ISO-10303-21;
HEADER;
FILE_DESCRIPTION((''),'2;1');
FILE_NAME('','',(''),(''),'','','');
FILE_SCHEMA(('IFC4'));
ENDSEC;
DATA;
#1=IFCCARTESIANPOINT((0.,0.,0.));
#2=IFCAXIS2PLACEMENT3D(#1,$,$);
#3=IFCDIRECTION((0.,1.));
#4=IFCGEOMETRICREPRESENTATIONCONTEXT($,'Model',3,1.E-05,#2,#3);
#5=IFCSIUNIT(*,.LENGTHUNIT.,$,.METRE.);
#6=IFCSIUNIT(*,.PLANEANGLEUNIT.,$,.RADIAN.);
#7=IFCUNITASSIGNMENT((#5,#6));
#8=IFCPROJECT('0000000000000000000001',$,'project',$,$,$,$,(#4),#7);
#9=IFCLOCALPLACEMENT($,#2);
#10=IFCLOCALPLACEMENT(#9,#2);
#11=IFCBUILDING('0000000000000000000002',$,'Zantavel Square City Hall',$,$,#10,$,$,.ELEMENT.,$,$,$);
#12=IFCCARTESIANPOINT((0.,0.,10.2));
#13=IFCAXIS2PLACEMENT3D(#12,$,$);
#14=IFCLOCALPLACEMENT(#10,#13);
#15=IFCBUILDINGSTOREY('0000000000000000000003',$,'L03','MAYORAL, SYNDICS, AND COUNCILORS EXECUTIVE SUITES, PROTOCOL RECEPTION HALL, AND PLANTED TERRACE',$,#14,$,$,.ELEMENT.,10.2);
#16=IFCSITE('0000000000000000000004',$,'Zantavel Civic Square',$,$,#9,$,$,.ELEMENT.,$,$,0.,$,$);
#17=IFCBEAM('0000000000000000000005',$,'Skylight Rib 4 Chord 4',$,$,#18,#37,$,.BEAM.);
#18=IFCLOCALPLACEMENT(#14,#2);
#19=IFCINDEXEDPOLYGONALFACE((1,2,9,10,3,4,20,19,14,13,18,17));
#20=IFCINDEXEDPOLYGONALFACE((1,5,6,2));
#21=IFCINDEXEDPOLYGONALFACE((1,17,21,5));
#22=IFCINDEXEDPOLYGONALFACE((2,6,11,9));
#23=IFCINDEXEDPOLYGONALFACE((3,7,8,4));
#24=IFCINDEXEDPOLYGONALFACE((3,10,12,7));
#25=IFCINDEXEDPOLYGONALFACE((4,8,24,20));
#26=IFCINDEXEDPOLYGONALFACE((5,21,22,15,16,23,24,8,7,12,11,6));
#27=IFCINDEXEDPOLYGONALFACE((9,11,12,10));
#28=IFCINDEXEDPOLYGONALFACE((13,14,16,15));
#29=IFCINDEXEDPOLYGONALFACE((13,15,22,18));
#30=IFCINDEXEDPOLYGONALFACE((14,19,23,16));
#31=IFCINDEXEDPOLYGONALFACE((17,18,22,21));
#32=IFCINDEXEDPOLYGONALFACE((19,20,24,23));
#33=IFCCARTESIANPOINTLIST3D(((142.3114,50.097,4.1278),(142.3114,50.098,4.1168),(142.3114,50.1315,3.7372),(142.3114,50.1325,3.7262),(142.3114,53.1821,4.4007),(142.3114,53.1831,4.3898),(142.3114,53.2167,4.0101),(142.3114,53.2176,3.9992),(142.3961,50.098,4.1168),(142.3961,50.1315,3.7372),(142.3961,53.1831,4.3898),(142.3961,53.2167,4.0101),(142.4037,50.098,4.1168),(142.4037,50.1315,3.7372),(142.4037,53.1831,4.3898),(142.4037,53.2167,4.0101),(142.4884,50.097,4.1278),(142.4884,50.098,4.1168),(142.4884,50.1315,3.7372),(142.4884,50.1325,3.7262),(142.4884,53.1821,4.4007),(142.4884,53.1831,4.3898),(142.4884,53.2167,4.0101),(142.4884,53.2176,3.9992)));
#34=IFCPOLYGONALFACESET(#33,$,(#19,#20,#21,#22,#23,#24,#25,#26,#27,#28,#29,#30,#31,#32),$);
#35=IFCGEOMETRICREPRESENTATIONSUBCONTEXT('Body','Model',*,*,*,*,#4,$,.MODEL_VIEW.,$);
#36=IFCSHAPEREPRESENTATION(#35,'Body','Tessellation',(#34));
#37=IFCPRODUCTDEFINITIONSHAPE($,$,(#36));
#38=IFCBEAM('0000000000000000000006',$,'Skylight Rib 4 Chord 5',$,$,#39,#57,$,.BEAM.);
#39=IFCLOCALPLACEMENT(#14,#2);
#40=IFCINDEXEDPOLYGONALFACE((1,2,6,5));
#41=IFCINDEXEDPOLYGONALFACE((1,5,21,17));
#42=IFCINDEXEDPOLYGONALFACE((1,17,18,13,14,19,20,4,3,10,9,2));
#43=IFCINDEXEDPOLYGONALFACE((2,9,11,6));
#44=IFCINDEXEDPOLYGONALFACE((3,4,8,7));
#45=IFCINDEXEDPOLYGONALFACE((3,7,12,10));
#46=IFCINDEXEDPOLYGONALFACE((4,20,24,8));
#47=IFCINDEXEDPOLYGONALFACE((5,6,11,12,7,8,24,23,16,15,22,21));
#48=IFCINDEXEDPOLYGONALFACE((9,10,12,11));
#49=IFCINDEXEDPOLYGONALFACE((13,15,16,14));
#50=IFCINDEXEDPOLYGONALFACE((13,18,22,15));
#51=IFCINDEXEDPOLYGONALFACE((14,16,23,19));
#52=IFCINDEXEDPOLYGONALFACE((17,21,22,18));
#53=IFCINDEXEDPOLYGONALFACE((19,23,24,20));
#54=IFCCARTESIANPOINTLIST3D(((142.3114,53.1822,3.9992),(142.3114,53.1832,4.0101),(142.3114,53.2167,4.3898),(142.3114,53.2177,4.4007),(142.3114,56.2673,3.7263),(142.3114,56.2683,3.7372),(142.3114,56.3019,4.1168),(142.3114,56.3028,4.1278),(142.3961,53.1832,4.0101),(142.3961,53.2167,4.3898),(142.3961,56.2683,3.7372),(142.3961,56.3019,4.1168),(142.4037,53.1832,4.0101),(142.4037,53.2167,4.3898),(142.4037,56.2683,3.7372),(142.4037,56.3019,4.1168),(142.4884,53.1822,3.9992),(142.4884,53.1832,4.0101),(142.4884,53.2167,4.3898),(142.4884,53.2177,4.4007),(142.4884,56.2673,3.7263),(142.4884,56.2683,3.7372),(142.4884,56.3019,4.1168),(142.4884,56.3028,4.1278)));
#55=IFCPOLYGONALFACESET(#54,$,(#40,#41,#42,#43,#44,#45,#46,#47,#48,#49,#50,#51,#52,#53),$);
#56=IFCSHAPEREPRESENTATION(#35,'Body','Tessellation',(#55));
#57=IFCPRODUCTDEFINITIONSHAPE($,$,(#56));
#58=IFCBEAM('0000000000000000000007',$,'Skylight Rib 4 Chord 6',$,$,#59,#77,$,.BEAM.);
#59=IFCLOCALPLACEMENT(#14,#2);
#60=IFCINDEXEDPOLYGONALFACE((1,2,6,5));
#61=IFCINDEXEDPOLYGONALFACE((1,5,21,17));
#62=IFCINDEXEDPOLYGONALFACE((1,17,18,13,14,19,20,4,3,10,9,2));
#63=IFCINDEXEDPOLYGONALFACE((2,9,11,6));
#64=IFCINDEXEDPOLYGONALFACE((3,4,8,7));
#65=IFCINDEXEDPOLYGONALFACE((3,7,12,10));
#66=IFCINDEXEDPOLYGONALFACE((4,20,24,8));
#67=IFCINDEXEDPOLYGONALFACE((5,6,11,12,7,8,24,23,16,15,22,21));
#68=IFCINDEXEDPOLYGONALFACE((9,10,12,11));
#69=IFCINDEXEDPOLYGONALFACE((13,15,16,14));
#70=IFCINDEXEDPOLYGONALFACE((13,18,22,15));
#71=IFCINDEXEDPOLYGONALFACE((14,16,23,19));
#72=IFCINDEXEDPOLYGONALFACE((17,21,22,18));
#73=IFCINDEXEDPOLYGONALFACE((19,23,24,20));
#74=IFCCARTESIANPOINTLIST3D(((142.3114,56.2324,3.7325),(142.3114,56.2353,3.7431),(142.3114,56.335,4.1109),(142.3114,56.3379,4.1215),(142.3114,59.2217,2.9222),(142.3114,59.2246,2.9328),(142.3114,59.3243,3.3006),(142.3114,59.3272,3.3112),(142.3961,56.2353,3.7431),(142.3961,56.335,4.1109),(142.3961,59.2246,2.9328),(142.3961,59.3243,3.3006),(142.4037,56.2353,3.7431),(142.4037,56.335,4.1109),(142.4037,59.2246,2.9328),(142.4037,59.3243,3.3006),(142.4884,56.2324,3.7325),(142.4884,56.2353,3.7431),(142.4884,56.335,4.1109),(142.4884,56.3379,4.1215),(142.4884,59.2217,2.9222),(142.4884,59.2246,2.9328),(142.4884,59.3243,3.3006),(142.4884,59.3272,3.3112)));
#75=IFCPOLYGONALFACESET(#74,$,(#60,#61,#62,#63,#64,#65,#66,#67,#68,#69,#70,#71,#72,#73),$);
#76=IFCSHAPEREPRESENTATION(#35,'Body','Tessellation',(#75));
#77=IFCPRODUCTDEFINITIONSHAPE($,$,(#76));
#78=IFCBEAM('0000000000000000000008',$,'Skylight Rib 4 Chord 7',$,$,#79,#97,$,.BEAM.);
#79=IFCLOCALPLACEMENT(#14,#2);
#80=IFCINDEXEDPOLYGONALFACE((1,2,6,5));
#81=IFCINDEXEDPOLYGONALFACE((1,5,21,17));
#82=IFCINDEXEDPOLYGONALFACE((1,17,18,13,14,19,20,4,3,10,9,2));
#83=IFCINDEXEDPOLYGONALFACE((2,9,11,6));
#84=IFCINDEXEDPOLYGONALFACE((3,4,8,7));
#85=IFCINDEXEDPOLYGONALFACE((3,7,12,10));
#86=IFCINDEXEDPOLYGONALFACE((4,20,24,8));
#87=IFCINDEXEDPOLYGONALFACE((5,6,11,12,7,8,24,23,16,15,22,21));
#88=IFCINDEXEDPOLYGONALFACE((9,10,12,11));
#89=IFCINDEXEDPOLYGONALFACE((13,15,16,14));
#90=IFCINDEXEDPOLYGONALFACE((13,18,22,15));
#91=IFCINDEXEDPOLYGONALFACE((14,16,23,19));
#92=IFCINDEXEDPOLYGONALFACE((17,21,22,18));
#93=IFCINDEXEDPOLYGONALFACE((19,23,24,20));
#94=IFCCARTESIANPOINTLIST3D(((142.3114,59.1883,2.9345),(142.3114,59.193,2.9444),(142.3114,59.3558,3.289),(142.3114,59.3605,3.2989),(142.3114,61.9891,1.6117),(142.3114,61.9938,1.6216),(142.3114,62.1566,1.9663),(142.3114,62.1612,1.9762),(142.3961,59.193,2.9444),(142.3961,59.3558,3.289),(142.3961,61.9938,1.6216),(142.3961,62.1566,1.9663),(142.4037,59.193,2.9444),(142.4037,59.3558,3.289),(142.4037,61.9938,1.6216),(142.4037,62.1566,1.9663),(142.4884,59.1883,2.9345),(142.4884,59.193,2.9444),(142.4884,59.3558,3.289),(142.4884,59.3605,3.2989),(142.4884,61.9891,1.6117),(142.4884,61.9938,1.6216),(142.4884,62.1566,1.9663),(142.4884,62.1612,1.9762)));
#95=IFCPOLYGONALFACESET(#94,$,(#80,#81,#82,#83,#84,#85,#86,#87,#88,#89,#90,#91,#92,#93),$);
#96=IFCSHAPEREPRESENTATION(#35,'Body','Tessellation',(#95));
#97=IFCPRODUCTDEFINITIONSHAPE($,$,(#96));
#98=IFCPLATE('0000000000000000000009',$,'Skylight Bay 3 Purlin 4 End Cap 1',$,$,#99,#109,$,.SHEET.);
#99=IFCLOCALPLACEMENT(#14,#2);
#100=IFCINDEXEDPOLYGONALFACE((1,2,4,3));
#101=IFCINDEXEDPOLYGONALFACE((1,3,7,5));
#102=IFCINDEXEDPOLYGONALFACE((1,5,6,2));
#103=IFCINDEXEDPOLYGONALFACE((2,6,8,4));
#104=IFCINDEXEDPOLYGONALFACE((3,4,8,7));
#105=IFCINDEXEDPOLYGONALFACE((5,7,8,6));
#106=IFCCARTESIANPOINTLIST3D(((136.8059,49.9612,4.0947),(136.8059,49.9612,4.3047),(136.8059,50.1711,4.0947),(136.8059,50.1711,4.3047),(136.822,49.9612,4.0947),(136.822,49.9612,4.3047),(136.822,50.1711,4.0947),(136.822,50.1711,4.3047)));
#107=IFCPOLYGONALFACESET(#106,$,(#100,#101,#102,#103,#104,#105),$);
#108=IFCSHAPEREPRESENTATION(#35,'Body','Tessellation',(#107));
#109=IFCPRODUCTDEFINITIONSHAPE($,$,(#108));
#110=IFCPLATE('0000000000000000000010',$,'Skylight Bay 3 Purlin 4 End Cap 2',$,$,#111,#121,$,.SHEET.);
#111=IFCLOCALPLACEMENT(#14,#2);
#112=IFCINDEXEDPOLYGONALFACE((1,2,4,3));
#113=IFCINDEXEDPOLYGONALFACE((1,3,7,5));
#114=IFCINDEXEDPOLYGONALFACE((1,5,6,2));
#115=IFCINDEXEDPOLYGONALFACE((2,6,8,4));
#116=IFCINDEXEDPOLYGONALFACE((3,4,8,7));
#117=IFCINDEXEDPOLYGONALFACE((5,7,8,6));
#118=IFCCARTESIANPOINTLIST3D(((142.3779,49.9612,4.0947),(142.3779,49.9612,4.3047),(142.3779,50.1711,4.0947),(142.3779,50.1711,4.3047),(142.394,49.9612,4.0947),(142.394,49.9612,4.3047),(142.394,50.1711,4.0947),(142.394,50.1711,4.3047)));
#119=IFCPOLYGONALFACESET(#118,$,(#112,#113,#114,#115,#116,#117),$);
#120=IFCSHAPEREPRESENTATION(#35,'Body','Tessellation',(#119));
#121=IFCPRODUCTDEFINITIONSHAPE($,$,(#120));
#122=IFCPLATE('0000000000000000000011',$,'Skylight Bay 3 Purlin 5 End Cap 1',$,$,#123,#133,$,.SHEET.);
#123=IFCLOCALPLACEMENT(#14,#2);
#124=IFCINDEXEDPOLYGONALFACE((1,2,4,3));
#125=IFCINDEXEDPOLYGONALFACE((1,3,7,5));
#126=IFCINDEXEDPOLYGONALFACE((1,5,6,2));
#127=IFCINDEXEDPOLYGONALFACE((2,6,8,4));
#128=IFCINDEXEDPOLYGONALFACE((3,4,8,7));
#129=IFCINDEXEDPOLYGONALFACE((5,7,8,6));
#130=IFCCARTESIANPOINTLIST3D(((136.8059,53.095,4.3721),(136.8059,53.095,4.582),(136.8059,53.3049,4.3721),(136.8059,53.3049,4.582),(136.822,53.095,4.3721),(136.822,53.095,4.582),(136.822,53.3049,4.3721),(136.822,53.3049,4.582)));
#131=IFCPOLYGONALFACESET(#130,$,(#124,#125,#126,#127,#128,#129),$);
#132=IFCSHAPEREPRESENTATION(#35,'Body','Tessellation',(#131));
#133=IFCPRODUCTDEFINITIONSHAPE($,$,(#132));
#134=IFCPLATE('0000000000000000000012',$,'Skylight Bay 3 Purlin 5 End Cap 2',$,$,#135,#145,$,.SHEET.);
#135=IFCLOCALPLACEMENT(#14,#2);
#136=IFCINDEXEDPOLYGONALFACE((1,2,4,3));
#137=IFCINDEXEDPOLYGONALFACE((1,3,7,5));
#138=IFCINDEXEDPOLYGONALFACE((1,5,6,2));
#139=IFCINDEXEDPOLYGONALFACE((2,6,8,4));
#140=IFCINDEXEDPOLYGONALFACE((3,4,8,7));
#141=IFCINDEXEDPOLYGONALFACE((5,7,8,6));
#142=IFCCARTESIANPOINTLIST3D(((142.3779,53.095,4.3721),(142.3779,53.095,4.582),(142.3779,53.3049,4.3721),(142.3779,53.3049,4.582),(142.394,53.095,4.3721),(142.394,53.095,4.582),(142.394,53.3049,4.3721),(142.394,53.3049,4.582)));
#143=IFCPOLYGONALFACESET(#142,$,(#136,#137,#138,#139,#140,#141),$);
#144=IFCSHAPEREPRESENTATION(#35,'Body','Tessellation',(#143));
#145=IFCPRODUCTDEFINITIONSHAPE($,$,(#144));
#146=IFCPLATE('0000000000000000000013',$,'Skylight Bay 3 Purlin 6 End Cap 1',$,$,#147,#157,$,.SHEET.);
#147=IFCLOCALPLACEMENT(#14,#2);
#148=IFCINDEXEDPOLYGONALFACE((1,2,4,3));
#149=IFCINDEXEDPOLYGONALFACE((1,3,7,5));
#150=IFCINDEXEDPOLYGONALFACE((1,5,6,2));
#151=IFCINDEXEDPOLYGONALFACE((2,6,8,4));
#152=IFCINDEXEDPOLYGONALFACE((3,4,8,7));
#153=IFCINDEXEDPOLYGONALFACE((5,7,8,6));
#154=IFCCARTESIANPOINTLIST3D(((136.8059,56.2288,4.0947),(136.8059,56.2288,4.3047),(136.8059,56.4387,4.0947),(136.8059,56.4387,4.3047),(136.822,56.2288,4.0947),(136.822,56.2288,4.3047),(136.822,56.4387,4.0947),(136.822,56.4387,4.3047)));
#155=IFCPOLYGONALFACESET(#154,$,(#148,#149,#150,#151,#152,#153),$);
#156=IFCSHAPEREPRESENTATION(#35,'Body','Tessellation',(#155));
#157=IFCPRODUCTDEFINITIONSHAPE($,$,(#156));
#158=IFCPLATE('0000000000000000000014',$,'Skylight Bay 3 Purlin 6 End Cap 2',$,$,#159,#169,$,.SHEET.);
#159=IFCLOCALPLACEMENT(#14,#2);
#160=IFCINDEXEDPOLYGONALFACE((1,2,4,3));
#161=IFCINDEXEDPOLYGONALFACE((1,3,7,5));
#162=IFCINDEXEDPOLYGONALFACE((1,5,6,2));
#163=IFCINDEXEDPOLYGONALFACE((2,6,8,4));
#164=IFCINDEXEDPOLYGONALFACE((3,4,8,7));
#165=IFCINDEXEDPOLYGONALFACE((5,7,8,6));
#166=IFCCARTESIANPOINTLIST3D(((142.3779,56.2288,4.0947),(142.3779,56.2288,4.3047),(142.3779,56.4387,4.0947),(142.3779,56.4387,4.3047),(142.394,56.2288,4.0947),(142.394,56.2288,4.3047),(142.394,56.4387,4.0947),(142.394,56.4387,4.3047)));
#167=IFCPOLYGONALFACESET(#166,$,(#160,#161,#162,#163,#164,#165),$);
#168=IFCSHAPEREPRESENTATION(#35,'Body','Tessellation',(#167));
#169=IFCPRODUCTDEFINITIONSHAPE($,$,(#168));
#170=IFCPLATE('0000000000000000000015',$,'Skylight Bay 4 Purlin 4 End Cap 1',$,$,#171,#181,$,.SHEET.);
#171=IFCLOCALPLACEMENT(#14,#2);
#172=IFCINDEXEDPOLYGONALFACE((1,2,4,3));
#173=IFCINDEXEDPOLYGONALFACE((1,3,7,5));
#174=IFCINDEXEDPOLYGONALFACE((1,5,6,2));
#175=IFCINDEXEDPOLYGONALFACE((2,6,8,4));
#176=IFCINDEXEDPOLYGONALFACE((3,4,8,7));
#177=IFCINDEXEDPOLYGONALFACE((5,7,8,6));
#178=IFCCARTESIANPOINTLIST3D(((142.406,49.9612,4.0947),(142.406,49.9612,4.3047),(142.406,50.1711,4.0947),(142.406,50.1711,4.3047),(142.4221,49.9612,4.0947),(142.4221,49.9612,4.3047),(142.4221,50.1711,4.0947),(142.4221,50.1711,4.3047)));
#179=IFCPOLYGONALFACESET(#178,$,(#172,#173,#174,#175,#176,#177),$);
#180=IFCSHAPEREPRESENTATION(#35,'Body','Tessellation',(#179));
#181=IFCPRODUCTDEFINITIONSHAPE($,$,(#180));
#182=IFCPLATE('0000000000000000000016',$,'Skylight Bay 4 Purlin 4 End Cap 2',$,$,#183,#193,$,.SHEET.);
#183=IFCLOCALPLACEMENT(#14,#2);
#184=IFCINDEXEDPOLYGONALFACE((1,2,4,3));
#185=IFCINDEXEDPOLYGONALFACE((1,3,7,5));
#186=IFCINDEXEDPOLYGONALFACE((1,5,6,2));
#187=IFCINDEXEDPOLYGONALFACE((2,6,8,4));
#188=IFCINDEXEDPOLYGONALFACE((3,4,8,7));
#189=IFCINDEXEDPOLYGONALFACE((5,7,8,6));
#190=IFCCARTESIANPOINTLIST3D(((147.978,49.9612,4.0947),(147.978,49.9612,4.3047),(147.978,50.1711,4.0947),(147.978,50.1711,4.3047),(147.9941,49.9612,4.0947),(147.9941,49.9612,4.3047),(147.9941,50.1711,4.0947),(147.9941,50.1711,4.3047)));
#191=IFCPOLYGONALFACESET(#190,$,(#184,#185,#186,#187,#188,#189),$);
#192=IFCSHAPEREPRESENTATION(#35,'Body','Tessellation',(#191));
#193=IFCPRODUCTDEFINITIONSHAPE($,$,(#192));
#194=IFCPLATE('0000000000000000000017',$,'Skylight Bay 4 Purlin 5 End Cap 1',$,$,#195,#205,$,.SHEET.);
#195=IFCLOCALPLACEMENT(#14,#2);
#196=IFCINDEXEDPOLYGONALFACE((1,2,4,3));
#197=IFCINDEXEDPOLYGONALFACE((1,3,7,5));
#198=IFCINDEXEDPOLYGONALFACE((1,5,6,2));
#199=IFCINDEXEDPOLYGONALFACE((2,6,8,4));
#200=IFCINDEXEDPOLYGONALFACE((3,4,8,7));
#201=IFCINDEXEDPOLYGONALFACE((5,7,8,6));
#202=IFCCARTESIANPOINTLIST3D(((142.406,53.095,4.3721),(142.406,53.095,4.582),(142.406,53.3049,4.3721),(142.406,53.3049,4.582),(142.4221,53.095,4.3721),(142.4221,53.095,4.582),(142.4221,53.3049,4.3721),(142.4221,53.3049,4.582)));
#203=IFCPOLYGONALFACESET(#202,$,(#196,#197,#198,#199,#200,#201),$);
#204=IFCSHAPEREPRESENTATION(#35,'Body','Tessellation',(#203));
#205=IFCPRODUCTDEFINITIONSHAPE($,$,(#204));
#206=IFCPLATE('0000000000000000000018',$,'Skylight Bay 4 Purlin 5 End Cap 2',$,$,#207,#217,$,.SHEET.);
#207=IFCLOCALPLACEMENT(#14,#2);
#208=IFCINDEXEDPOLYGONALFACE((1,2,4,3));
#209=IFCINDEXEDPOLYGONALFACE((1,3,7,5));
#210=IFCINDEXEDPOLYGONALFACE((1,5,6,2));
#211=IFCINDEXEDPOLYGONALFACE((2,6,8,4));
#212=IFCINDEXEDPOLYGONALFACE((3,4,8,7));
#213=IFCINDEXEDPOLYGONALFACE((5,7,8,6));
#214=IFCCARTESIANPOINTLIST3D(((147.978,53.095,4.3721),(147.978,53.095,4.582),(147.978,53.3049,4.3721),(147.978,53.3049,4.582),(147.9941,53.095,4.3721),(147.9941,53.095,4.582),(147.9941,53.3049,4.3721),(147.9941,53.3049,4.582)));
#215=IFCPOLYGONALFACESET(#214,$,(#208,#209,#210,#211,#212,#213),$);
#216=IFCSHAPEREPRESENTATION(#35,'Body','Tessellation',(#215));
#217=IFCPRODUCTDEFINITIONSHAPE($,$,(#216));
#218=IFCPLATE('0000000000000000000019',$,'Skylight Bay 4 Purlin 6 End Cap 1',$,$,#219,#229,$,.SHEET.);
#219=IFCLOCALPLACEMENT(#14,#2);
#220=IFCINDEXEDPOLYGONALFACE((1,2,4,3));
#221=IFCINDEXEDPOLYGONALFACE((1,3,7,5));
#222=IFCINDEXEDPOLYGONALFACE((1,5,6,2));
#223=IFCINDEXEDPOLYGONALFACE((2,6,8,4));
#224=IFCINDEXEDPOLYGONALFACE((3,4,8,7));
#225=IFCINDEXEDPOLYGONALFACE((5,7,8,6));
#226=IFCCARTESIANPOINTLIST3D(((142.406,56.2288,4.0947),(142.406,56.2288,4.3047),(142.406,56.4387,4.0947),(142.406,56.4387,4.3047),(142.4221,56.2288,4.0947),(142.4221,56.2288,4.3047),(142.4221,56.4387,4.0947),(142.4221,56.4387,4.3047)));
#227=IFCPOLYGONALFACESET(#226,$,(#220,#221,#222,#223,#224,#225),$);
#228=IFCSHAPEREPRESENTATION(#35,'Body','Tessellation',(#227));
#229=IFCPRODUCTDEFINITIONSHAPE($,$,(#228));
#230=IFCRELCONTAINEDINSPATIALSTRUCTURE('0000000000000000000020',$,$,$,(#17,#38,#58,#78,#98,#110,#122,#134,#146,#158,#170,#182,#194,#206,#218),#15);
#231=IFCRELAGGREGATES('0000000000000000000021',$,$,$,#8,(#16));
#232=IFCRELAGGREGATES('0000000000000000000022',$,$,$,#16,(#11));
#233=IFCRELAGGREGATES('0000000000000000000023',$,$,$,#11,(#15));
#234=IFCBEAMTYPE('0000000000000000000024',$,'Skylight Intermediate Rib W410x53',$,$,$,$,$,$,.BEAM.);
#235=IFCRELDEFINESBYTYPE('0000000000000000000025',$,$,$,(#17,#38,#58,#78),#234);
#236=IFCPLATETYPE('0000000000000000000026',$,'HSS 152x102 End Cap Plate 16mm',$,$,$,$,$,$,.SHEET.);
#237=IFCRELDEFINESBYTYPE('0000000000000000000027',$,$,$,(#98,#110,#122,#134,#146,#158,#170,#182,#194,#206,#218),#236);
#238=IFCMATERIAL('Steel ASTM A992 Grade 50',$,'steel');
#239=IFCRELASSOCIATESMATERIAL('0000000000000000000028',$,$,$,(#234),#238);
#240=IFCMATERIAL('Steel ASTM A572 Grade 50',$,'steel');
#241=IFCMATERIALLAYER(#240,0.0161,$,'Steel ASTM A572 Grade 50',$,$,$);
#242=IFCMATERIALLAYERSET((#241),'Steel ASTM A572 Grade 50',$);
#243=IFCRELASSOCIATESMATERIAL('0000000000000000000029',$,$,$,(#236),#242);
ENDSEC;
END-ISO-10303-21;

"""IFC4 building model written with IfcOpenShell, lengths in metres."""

from ifc_helpers import new_model, si_unit, direction, frame, origin, origin_2d, place, context, subcontext, project, spatial, rectangle, i_section, extrude, material, layer, layer_set, material_profile, profile_set, type_object, element, save


model = new_model("IFC4")

# Units and contexts
model_context = context("Model", 3, precision=1e-05, world=origin(), true_north=direction((0.0, 1.0)))
body_context = subcontext(model_context, "Body", "Model", "MODEL_VIEW")
ifc_project = project(units=[si_unit("LENGTHUNIT", "METRE"), si_unit("PLANEANGLEUNIT", "RADIAN")], contexts=[model_context])

# Site, building, storey
site_placement = place(None, origin())
site = spatial("IfcSite", under=ifc_project, at=site_placement, Name="Zantavel Civic Square", CompositionType="ELEMENT", RefElevation=0.0)
building_placement = place(site_placement, origin())
building = spatial("IfcBuilding", under=site, at=building_placement, Name="Zantavel Square City Hall", CompositionType="ELEMENT")
storey_placement = place(building_placement, frame((0.0, 0.0, 10.2)))
storey = spatial("IfcBuildingStorey", under=building, at=storey_placement, Name="L03", Description="MAYORAL, SYNDICS, AND COUNCILORS EXECUTIVE SUITES, PROTOCOL RECEPTION HALL, AND PLANTED TERRACE", CompositionType="ELEMENT", Elevation=10.2)

# Shared definitions
ifc_material_1 = material(Name="Steel ASTM A992 Grade 50", Category="steel")

# Beams
ifc_material_profile_1 = material_profile(ifc_material_1, i_section(OverallWidth=0.177, OverallDepth=0.4031, WebThickness=0.0076, FlangeThickness=0.011, at=origin_2d()), Name="W410x53")
ifc_profile_set_1 = profile_set([ifc_material_profile_1], Name="Steel ASTM A992 Grade 50")
beam_type_1 = type_object("IfcBeamType", Name="Skylight Intermediate Rib W410x53", PredefinedType="BEAM", material=ifc_profile_set_1)
for number, where, z_axis, x_axis, name in (
    (1, (142.3999, 50.1147, 3.927), (0.0, 0.996109, 0.088126), (-1.0, 0.0, 0.0), "Skylight Rib 4 Chord 4"),
    (2, (142.3999, 53.2, 4.2), (0.0, 0.996109, -0.088126), (-1.0, 0.0, 0.0), "Skylight Rib 4 Chord 5"),
    (3, (142.3999, 56.2852, 3.927), (0.0, 0.965168, -0.26163), (-1.0, 0.0, 0.0), "Skylight Rib 4 Chord 6"),
):
    element("IfcBeam", number, at=place(storey_placement, frame(where, z_axis=z_axis, x_axis=x_axis)), inside=storey, type_object=beam_type_1, Name=name, PredefinedType="BEAM", context=body_context, shape_type="SweptSolid", body=[
        extrude(i_section(OverallWidth=0.177, OverallDepth=0.4031, WebThickness=0.0076, FlangeThickness=0.011, at=origin_2d()), origin(), (0.0, 0.0, 1.0), 3.0972),
    ])
beam_1_placement = place(storey_placement, frame((142.3999, 59.2744, 3.1167), z_axis=(0.0, 0.904228, -0.427049), x_axis=(-1.0, 0.0, 0.0)))
element("IfcBeam", 4, at=beam_1_placement, inside=storey, type_object=beam_type_1, Name="Skylight Rib 4 Chord 7", PredefinedType="BEAM", context=body_context, shape_type="SweptSolid", body=[
    extrude(i_section(OverallWidth=0.177, OverallDepth=0.4031, WebThickness=0.0076, FlangeThickness=0.011, at=origin_2d()), origin(), (0.0, 0.0, 1.0), 3.0974),
])

# Plates
ifc_material_2 = material(Name="Steel ASTM A572 Grade 50", Category="steel")
ifc_layer = layer(ifc_material_2, 0.0161, Name="Steel ASTM A572 Grade 50")
ifc_layer_set = layer_set([ifc_layer], Name="Steel ASTM A572 Grade 50")
plate_type = type_object("IfcPlateType", Name="HSS 152x102 End Cap Plate 16mm", PredefinedType="SHEET", material=ifc_layer_set)
for number, where, z_axis, x_axis, name in (
    (5, (136.814, 50.0662, 4.0947), (0.0, 0.0, 1.0), (1.0, 0.0, 0.0), "Skylight Bay 3 Purlin 4 End Cap 1"),
    (6, (142.386, 50.0662, 4.0947), (0.0, 0.0, 1.0), (1.0, 0.0, 0.0), "Skylight Bay 3 Purlin 4 End Cap 2"),
    (7, (136.814, 53.2, 4.3721), (0.0, 0.0, 1.0), (1.0, 0.0, 0.0), "Skylight Bay 3 Purlin 5 End Cap 1"),
    (8, (142.386, 53.2, 4.3721), (0.0, 0.0, 1.0), (1.0, 0.0, 0.0), "Skylight Bay 3 Purlin 5 End Cap 2"),
    (9, (136.814, 56.3337, 4.0947), (0.0, 0.0, 1.0), (1.0, 0.0, 0.0), "Skylight Bay 3 Purlin 6 End Cap 1"),
    (10, (142.386, 56.3337, 4.0947), (0.0, 0.0, 1.0), (1.0, 0.0, 0.0), "Skylight Bay 3 Purlin 6 End Cap 2"),
    (11, (142.4141, 50.0662, 4.0947), (0.0, 0.0, 1.0), (1.0, 0.0, 0.0), "Skylight Bay 4 Purlin 4 End Cap 1"),
    (12, (147.9861, 50.0662, 4.0947), (0.0, 0.0, 1.0), (1.0, 0.0, 0.0), "Skylight Bay 4 Purlin 4 End Cap 2"),
    (13, (142.4141, 53.2, 4.3721), (0.0, 0.0, 1.0), (1.0, 0.0, 0.0), "Skylight Bay 4 Purlin 5 End Cap 1"),
    (14, (147.9861, 53.2, 4.3721), (0.0, 0.0, 1.0), (1.0, 0.0, 0.0), "Skylight Bay 4 Purlin 5 End Cap 2"),
    (15, (142.4141, 56.3337, 4.0947), (0.0, 0.0, 1.0), (1.0, 0.0, 0.0), "Skylight Bay 4 Purlin 6 End Cap 1"),
):
    element("IfcPlate", number, at=place(storey_placement, frame(where, z_axis=z_axis, x_axis=x_axis)), inside=storey, type_object=plate_type, Name=name, PredefinedType="SHEET", context=body_context, shape_type="SweptSolid", body=[
        extrude(rectangle(XDim=0.0161, YDim=0.21, at=origin_2d()), origin(), (0.0, 0.0, 1.0), 0.21),
    ])

save(model, "model.ifc")
